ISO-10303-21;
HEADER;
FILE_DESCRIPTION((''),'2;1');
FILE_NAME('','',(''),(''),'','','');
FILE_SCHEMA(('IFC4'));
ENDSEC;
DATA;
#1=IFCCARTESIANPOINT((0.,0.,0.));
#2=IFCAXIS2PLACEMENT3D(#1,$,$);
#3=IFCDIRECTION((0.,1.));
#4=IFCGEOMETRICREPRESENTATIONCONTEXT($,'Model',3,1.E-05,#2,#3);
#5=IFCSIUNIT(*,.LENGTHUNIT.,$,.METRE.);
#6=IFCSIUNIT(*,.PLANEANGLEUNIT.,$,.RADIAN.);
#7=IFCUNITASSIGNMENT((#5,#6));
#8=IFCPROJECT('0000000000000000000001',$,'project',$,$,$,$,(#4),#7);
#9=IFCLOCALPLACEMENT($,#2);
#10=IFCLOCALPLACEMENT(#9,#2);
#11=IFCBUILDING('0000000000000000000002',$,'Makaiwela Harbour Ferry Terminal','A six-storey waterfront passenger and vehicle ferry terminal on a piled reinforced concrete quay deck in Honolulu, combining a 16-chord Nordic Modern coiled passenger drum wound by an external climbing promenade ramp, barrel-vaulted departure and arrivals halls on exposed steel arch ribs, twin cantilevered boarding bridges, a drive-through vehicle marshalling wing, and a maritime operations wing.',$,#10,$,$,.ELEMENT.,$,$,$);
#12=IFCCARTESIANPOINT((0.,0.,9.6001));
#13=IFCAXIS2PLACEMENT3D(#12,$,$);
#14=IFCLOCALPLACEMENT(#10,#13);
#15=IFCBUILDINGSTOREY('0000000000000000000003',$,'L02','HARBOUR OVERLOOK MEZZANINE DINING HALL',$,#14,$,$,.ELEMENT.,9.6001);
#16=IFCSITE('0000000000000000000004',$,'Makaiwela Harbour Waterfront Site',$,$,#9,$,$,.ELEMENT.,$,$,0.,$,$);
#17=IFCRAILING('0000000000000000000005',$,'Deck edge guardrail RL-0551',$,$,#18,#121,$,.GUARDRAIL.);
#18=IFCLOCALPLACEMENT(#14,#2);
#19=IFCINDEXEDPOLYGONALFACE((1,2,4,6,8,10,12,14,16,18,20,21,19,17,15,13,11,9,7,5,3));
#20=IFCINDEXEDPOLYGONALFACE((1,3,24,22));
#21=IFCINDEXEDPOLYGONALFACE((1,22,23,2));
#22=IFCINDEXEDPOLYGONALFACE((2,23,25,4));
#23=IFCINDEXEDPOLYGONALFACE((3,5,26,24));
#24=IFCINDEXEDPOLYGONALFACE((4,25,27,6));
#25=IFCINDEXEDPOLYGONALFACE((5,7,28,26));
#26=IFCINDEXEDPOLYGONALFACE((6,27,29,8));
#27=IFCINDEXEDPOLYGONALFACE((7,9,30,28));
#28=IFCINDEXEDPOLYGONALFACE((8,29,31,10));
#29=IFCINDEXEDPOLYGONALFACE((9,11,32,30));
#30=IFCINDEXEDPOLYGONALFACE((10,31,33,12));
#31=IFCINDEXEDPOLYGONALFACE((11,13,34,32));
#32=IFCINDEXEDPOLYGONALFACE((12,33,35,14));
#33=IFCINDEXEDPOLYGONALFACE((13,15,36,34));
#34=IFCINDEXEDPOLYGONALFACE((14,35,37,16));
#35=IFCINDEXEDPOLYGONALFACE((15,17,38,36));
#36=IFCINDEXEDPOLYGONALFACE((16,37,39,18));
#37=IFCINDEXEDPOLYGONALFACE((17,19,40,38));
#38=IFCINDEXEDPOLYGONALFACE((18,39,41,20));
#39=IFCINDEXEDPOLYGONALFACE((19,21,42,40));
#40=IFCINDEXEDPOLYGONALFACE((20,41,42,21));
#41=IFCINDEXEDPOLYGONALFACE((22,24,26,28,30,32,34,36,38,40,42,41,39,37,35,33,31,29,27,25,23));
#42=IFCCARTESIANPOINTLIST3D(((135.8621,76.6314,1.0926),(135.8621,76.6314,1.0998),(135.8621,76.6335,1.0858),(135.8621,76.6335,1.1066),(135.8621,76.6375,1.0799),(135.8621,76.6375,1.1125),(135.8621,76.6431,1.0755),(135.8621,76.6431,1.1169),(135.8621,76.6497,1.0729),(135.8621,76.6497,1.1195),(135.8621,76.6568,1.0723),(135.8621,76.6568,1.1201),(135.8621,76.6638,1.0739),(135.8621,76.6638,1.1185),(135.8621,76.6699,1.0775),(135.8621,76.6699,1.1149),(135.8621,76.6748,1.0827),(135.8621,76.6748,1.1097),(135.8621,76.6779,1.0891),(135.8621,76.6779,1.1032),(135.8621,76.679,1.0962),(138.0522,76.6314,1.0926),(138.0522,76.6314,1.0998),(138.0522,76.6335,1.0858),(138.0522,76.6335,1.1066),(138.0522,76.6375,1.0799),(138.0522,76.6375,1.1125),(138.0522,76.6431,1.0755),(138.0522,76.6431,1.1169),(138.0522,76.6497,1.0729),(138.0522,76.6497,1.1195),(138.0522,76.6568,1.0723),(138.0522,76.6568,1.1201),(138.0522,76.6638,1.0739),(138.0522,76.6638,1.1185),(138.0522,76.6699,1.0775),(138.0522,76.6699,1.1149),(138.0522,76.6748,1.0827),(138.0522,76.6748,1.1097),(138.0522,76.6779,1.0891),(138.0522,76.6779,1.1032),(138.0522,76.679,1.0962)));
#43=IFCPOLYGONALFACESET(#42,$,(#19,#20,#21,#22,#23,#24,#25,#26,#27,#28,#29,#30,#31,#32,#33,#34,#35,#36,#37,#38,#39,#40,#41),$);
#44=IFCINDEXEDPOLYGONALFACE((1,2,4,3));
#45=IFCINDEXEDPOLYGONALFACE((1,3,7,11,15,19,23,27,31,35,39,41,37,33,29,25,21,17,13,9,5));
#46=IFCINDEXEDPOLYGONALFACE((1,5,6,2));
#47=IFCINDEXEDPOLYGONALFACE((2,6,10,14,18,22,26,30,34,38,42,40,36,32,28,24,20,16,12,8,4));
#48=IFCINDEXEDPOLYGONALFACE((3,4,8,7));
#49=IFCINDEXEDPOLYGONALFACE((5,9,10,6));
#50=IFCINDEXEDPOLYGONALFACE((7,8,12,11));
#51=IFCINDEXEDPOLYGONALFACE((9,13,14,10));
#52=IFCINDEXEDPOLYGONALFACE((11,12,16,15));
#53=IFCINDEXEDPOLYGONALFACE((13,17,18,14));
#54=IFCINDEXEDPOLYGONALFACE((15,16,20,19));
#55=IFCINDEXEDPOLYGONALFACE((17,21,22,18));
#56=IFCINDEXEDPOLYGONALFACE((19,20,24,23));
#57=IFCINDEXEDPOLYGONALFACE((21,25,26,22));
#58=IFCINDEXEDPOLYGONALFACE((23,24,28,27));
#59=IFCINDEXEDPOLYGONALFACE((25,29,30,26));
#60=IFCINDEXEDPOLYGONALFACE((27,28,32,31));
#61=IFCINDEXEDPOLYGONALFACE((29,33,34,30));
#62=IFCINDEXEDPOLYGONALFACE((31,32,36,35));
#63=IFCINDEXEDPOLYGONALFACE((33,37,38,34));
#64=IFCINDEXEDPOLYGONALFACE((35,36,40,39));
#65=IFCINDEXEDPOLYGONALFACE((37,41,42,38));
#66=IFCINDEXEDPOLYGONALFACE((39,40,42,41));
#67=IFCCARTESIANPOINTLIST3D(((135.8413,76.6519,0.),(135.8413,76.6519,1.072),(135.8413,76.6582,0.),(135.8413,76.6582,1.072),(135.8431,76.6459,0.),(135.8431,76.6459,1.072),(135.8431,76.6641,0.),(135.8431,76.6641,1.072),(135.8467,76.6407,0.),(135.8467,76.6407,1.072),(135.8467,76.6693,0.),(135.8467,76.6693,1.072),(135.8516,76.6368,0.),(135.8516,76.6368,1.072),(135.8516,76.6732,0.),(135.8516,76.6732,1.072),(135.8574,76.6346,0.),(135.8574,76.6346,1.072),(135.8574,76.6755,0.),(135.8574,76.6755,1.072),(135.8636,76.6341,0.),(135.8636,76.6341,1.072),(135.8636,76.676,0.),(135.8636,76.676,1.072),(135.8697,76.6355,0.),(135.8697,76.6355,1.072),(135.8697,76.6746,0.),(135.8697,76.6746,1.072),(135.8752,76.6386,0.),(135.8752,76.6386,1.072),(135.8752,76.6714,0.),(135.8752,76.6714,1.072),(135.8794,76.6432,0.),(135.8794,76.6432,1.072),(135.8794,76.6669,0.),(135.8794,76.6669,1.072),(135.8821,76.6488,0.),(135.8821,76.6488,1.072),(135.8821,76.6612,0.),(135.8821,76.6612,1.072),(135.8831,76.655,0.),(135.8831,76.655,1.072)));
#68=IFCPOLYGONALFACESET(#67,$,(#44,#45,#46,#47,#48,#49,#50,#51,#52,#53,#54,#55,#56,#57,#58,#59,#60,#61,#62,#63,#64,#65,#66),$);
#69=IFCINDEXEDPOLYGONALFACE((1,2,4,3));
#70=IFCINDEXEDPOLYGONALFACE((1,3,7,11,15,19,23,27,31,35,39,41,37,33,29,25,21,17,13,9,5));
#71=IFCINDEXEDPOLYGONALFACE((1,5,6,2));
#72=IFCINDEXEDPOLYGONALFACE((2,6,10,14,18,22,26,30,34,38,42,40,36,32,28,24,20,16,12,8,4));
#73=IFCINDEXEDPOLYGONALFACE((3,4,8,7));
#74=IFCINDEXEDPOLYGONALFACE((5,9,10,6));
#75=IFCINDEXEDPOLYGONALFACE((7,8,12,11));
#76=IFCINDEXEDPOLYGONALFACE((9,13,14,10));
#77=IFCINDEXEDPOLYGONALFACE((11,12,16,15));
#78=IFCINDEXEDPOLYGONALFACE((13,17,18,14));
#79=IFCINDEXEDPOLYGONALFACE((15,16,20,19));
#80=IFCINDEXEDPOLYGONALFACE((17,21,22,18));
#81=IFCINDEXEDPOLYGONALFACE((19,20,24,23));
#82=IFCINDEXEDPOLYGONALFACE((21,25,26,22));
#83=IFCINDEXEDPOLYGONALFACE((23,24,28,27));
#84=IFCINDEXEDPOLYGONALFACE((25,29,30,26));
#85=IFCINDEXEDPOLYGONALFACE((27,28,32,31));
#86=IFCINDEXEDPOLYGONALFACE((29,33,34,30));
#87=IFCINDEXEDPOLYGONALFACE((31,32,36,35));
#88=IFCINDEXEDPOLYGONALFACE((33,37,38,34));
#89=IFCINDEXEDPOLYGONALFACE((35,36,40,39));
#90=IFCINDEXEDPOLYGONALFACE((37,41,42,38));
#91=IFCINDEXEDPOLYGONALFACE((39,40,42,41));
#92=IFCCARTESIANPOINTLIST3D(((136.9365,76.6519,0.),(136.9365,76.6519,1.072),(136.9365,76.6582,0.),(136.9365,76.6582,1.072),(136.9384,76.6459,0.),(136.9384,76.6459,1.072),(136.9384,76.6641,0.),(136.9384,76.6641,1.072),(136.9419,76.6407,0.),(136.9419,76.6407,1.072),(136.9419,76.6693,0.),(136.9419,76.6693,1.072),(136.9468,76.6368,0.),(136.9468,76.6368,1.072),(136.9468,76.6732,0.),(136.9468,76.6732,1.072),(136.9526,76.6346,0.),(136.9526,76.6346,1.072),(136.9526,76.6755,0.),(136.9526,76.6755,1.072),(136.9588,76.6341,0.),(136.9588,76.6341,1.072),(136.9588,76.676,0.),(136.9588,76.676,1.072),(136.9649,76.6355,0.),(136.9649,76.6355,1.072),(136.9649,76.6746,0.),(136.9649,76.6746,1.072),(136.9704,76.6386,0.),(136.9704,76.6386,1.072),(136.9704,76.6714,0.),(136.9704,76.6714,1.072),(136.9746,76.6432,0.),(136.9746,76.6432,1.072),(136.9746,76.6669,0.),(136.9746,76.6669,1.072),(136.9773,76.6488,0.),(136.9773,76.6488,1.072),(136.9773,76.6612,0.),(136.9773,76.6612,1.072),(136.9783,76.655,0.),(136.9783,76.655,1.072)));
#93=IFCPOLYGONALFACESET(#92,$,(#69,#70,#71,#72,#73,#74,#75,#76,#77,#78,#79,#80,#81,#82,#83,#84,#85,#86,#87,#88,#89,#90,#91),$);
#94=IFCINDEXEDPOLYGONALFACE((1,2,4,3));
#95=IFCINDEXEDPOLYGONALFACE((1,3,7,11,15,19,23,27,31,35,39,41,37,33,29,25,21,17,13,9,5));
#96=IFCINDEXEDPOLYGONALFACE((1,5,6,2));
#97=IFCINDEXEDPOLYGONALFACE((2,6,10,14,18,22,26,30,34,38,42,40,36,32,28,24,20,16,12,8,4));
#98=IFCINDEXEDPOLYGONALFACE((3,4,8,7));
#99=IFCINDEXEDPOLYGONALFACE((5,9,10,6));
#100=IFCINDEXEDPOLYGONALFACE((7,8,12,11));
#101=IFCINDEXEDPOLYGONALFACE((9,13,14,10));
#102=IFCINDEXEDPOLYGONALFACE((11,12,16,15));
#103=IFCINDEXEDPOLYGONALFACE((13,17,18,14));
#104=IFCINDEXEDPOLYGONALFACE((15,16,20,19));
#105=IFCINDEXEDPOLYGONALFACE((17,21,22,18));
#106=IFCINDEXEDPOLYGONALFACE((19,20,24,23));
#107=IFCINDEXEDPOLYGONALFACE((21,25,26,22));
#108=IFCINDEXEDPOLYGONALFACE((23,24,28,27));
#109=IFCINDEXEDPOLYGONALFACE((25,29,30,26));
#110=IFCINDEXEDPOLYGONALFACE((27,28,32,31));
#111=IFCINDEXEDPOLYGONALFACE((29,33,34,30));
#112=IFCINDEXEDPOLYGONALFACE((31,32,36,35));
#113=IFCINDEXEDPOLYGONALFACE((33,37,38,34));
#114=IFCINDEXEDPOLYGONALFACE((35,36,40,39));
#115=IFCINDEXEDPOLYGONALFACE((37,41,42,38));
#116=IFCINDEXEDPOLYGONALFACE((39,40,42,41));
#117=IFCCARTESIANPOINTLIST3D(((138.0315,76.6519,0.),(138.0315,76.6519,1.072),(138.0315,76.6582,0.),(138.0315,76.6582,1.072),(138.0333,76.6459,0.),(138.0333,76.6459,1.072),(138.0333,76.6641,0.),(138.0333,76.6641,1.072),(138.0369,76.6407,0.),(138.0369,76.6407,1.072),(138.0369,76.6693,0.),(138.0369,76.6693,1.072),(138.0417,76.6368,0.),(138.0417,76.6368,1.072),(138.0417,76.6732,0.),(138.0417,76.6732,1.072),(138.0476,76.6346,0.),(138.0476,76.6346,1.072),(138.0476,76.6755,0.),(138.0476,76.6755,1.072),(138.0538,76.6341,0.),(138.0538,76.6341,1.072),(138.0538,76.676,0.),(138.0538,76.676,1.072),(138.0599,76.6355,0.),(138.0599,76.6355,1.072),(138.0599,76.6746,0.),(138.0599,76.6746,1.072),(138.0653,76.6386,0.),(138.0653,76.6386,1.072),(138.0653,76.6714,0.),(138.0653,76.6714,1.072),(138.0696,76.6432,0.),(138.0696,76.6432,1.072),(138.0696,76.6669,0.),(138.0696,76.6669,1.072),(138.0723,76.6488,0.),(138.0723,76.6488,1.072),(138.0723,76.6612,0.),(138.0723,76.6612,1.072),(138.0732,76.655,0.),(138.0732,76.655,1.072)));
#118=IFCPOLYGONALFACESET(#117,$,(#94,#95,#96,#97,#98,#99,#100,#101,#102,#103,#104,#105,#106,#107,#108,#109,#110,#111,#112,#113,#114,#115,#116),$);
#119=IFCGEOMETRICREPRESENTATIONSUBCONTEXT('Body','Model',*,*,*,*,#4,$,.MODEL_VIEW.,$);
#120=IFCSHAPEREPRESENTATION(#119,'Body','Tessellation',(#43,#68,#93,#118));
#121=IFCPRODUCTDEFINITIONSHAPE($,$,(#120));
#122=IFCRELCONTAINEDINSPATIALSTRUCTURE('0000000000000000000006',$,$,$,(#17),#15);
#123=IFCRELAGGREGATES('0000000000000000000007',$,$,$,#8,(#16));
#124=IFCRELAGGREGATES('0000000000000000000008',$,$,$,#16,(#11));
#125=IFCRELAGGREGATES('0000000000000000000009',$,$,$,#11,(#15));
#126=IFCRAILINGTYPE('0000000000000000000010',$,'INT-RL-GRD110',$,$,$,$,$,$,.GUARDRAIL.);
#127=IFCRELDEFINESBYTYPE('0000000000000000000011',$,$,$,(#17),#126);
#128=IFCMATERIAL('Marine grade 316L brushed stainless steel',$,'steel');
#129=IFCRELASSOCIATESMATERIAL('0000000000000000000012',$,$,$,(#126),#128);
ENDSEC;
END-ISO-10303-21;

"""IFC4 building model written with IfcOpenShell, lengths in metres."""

from ifc_helpers import new_model, si_unit, direction, frame, origin, origin_2d, place, context, subcontext, project, spatial, circle, extrude, material, type_object, element, save


model = new_model("IFC4")

# Units and contexts
model_context = context("Model", 3, precision=1e-05, world=origin(), true_north=direction((0.0, 1.0)))
body_context = subcontext(model_context, "Body", "Model", "MODEL_VIEW")
ifc_project = project(units=[si_unit("LENGTHUNIT", "METRE"), si_unit("PLANEANGLEUNIT", "RADIAN")], contexts=[model_context])

# Site, building, storey
site_placement = place(None, origin())
site = spatial("IfcSite", under=ifc_project, at=site_placement, Name="Makaiwela Harbour Waterfront Site", CompositionType="ELEMENT", RefElevation=0.0)
building_placement = place(site_placement, origin())
building = spatial("IfcBuilding", under=site, at=building_placement, Name="Makaiwela Harbour Ferry Terminal", Description="A six-storey waterfront passenger and vehicle ferry terminal on a piled reinforced concrete quay deck in Honolulu, combining a 16-chord Nordic Modern coiled passenger drum wound by an external climbing promenade ramp, barrel-vaulted departure and arrivals halls on exposed steel arch ribs, twin cantilevered boarding bridges, a drive-through vehicle marshalling wing, and a maritime operations wing.", CompositionType="ELEMENT")
storey_placement = place(building_placement, frame((0.0, 0.0, 9.6001)))
storey = spatial("IfcBuildingStorey", under=building, at=storey_placement, Name="L02", Description="HARBOUR OVERLOOK MEZZANINE DINING HALL", CompositionType="ELEMENT", Elevation=9.6001)

# Railing
ifc_material_1 = material(Name="Marine grade 316L brushed stainless steel", Category="steel")
railing_type = type_object("IfcRailingType", Name="INT-RL-GRD110", PredefinedType="GUARDRAIL", material=ifc_material_1)
for number, where, name in (
    (1, (135.8621, 76.655, 0.0), "Deck edge guardrail RL-0551"),
):
    element("IfcRailing", number, at=place(storey_placement, frame(where)), inside=storey, type_object=railing_type, Name=name, PredefinedType="GUARDRAIL", context=body_context, shape_type="SweptSolid", body=[
        extrude(circle(Radius=0.0239, at=origin_2d()), frame((0.0, 0.0, 1.0962), z_axis=(1.0, 0.0, 0.0), x_axis=(0.0, 1.0, 0.0)), (0.0, 0.0, 1.0), 2.1902),
        extrude(circle(Radius=0.021, at=origin_2d()), origin(), (0.0, 0.0, 1.0), 1.072),
        extrude(circle(Radius=0.021, at=origin_2d()), frame((1.0952, 0.0, 0.0)), (0.0, 0.0, 1.0), 1.072),
        extrude(circle(Radius=0.021, at=origin_2d()), frame((2.1902, 0.0, 0.0)), (0.0, 0.0, 1.0), 1.072),
    ])

save(model, "model.ifc")
